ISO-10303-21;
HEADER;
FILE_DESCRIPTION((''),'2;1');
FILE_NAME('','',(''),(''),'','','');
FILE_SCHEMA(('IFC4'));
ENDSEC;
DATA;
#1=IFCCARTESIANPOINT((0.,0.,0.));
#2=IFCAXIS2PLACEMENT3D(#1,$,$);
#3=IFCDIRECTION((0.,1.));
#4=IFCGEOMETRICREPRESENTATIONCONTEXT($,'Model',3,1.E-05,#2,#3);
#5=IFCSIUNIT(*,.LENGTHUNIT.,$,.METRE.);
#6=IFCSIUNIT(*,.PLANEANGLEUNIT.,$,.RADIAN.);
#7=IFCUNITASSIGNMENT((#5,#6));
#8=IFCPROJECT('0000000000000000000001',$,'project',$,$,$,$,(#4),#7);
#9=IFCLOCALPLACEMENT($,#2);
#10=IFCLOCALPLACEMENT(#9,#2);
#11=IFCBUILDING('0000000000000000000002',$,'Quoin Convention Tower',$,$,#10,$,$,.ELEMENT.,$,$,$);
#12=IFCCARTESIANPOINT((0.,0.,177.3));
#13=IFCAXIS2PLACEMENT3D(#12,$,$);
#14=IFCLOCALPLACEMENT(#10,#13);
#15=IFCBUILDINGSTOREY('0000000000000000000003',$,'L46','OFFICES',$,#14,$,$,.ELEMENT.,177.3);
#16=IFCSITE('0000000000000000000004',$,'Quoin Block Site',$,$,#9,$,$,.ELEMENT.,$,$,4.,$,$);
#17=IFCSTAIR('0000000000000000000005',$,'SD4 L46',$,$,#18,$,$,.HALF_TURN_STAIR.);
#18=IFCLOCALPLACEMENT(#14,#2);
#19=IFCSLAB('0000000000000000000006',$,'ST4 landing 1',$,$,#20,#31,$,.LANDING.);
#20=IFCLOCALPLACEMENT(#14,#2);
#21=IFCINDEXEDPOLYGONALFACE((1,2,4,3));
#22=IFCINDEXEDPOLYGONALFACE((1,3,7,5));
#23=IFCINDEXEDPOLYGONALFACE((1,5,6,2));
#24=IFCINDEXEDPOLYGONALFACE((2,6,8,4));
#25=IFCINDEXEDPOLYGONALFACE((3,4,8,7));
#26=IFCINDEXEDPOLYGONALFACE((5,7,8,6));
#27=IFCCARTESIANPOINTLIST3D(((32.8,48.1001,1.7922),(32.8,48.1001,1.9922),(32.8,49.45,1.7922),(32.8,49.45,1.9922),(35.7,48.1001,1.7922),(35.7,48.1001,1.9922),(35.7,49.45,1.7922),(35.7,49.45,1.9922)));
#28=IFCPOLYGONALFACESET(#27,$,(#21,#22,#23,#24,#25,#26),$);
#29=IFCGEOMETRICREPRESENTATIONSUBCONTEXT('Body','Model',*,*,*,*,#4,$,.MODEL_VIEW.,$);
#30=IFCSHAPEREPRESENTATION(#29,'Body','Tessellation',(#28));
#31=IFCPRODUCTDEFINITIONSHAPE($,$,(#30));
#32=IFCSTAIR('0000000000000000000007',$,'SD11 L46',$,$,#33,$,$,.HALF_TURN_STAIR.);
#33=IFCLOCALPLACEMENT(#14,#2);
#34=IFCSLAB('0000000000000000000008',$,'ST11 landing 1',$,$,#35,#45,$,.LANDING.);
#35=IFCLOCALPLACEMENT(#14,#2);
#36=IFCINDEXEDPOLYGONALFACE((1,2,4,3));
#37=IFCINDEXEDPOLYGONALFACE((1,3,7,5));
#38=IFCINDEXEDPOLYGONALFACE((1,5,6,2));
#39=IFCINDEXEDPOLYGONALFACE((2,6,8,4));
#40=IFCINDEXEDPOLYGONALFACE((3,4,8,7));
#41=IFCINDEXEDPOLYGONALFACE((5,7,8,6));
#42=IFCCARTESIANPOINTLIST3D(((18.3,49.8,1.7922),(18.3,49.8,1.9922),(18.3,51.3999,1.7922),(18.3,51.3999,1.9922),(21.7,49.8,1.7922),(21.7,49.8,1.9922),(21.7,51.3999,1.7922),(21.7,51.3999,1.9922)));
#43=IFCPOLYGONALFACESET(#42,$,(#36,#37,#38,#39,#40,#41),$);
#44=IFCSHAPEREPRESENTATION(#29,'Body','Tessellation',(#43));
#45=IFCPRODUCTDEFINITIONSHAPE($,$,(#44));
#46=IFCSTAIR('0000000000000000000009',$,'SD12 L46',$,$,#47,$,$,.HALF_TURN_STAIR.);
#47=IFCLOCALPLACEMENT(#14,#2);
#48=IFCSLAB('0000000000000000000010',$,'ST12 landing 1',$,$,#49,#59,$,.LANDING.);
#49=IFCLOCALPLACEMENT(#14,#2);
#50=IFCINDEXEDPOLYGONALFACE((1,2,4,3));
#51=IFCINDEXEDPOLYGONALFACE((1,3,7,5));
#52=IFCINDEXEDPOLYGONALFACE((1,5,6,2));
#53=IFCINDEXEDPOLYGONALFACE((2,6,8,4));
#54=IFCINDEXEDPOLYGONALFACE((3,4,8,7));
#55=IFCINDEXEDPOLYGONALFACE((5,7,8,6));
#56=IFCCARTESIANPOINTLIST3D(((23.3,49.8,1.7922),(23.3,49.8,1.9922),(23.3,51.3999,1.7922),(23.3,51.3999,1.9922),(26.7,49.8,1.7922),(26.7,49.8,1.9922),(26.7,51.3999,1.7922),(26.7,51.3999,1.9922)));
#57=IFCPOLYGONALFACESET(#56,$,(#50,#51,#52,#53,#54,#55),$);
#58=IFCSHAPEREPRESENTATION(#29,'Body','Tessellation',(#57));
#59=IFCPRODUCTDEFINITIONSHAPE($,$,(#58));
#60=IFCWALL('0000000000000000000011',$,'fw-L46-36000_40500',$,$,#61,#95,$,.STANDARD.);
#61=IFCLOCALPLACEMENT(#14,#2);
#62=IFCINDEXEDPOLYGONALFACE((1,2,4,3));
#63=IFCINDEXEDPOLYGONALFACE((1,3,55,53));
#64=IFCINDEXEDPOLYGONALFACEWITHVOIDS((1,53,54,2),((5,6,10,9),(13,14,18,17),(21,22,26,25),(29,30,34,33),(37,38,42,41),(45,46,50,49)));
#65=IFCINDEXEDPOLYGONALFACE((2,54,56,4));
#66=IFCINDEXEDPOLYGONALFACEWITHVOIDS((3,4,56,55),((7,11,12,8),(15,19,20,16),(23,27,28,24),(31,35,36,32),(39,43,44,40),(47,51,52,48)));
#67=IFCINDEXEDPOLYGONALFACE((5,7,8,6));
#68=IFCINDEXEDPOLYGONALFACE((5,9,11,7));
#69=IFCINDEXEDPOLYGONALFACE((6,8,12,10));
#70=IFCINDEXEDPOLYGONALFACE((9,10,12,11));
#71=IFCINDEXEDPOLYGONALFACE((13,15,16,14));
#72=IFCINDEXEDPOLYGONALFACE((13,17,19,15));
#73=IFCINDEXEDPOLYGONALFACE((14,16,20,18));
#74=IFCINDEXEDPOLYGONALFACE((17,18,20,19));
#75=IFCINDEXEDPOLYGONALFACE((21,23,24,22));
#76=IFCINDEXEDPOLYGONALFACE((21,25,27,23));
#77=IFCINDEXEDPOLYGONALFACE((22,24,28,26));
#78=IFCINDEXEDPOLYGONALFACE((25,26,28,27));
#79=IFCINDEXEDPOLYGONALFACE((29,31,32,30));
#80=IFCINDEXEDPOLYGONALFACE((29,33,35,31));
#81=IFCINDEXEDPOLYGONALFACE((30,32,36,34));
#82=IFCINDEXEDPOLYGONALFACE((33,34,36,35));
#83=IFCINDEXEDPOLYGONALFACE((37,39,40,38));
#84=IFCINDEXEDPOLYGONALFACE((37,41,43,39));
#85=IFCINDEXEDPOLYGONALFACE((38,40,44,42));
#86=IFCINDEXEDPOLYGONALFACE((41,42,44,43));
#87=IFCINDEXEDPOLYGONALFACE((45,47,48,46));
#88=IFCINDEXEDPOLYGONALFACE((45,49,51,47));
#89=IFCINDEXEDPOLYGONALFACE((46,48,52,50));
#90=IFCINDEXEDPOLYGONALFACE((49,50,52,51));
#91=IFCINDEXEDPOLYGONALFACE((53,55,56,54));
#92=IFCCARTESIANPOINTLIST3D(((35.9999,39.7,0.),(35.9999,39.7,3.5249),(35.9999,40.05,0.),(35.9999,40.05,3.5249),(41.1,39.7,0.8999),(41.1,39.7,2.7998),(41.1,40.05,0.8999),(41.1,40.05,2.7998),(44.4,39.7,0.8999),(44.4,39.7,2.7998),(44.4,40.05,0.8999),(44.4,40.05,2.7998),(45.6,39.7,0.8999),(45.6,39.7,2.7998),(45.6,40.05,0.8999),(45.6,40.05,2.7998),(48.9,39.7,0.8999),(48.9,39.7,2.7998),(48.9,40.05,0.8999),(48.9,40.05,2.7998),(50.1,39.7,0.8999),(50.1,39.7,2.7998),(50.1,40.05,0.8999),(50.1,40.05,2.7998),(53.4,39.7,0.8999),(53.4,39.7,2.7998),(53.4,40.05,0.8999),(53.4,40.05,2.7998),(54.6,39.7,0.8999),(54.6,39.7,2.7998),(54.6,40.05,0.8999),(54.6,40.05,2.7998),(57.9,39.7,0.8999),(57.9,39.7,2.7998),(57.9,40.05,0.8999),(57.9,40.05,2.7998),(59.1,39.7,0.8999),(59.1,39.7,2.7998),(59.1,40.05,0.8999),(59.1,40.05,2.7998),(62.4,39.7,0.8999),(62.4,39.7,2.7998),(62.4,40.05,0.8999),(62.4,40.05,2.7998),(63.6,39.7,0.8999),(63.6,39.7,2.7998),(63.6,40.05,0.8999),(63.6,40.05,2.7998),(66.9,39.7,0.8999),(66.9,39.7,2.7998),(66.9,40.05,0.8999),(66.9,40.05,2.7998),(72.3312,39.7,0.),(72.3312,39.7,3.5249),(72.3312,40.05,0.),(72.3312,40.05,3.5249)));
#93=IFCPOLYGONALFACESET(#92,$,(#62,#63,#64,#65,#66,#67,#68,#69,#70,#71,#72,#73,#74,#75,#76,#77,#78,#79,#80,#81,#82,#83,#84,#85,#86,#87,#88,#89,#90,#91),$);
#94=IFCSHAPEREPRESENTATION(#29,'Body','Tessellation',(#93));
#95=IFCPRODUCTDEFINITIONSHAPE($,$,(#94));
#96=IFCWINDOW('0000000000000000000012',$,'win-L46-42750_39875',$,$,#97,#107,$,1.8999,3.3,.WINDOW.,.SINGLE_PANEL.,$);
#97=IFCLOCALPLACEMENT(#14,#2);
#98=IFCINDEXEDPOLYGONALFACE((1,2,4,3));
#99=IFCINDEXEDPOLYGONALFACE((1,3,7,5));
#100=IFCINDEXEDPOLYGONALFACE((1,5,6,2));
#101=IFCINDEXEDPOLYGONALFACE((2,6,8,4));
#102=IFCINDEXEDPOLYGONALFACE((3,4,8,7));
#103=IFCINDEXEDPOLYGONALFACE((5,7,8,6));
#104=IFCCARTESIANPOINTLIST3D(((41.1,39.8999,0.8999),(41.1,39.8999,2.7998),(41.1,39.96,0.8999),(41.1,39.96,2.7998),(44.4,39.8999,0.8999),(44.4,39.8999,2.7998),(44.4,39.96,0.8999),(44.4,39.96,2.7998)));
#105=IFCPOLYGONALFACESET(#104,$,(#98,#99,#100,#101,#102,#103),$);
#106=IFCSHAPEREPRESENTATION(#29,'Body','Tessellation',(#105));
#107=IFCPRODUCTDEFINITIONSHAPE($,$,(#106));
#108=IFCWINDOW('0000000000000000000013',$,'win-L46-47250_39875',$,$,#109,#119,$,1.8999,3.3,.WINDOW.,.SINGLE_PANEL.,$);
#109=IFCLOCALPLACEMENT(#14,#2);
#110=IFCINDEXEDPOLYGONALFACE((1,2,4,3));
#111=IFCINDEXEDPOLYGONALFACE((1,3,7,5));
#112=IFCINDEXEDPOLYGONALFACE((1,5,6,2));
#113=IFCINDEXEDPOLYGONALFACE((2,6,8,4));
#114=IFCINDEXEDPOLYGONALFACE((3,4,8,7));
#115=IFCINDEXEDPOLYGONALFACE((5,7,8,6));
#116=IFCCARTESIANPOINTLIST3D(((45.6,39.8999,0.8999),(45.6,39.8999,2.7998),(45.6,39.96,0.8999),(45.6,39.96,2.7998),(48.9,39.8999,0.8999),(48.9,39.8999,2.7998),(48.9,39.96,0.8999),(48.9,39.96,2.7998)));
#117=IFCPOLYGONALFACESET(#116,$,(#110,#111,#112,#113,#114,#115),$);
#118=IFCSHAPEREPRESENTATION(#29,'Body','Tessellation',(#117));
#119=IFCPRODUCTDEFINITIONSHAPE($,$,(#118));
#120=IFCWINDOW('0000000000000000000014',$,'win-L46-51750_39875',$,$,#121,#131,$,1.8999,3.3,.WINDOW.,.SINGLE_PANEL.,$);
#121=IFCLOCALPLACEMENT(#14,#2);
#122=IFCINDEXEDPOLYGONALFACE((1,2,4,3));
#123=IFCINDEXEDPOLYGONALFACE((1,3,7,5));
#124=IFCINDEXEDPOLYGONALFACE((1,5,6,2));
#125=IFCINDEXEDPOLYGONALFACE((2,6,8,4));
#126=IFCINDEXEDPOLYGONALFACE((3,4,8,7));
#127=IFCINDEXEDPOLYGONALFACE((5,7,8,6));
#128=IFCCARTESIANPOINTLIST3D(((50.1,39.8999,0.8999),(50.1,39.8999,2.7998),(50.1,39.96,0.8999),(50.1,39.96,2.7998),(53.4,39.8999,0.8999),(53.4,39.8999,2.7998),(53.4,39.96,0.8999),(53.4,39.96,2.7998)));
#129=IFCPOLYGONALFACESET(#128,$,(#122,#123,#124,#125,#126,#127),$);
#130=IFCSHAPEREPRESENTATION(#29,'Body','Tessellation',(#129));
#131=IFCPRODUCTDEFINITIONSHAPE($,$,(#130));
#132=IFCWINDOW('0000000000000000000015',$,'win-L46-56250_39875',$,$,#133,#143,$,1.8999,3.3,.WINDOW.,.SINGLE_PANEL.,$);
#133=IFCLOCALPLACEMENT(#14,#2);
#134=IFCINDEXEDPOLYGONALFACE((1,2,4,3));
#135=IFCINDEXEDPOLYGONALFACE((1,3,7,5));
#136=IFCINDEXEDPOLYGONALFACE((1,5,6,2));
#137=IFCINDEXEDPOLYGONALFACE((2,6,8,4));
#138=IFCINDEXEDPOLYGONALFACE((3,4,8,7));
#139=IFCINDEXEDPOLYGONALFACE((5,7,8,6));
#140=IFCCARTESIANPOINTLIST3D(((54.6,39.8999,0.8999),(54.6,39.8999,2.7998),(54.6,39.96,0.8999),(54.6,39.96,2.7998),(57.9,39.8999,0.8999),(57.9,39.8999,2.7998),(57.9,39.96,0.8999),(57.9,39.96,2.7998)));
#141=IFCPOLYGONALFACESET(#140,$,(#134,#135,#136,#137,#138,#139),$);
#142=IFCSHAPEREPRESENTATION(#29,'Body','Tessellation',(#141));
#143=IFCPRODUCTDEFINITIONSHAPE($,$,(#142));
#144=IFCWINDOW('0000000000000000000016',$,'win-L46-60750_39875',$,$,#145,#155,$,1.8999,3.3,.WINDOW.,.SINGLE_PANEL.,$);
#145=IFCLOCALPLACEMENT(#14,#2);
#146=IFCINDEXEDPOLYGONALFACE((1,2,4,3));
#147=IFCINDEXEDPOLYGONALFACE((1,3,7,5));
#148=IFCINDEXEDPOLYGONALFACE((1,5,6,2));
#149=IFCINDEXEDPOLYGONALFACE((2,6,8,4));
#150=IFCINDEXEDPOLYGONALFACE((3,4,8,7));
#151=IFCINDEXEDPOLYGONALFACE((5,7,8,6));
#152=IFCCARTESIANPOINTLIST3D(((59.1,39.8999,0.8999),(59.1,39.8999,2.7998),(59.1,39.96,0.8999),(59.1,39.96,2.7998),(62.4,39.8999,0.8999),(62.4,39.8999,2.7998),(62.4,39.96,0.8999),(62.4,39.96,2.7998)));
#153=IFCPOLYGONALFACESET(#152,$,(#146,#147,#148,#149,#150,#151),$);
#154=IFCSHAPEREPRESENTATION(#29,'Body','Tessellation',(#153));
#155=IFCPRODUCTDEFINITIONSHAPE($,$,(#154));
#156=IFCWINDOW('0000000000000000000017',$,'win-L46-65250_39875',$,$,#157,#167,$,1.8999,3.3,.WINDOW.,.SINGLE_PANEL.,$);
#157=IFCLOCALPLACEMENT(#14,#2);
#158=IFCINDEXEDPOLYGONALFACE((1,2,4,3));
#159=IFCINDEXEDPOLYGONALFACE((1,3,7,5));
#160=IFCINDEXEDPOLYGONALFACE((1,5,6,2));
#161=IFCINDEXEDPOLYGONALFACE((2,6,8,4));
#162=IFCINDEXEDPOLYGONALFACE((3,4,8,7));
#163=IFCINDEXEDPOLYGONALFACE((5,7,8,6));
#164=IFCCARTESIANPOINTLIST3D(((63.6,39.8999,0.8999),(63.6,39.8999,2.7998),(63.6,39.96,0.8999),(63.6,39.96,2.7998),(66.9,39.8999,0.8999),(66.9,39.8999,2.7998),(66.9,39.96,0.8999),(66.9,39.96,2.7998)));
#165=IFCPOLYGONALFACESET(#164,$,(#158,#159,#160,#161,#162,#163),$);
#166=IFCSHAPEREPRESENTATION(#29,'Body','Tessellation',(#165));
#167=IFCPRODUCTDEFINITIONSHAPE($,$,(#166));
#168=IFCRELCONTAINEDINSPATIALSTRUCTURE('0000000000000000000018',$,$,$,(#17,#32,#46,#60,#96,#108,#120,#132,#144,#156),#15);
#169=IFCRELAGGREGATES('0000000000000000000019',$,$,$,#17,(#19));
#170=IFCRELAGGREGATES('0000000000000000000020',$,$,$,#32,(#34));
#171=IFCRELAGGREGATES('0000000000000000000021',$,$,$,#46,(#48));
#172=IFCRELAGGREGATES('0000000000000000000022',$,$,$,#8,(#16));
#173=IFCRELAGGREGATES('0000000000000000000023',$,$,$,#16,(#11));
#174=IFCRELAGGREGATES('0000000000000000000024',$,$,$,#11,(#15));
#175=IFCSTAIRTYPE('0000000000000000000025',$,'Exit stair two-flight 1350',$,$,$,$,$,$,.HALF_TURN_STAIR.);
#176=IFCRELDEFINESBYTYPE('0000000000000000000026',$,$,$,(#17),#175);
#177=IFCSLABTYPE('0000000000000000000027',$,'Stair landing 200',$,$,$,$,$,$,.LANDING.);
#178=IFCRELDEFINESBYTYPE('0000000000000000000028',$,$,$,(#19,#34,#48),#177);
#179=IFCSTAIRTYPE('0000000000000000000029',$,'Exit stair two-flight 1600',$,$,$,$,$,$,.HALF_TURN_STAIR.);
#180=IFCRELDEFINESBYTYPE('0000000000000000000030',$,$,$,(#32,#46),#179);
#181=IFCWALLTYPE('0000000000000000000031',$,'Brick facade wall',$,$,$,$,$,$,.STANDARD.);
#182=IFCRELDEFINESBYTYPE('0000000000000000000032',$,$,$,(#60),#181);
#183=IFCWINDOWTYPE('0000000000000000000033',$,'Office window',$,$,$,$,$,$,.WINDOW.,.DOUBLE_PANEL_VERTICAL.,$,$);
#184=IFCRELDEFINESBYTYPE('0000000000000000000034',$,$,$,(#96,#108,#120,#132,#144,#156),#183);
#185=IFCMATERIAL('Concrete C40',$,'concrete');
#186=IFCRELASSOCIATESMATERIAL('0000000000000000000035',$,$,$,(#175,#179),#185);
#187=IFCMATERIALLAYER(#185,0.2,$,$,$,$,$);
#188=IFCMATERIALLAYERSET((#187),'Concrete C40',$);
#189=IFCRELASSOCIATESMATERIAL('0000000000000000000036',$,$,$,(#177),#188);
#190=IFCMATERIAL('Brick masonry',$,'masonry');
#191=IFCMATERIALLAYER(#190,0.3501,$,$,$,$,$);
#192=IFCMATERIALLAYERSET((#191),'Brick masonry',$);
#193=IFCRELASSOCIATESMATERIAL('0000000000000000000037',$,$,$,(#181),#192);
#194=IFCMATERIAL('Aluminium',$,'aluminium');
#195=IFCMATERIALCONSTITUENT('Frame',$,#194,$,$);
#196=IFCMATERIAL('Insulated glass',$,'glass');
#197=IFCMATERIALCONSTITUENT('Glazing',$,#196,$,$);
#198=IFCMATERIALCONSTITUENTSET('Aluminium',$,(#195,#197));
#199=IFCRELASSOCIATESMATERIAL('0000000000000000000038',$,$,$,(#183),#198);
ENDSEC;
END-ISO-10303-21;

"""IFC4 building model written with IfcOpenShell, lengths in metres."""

from ifc_helpers import new_model, si_unit, direction, frame, frame_2d, origin, place, context, subcontext, project, spatial, polyline, rectangle, outline, extrude, material, layer, layer_set, constituent, constituent_set, type_object, element, fill, aggregate, save


model = new_model("IFC4")

# Units and contexts
model_context = context("Model", 3, precision=1e-05, world=origin(), true_north=direction((0.0, 1.0)))
body_context = subcontext(model_context, "Body", "Model", "MODEL_VIEW")
ifc_project = project(units=[si_unit("LENGTHUNIT", "METRE"), si_unit("PLANEANGLEUNIT", "RADIAN")], contexts=[model_context])

# Site, building, storey
site_placement = place(None, origin())
site = spatial("IfcSite", under=ifc_project, at=site_placement, Name="Quoin Block Site", CompositionType="ELEMENT", RefElevation=4.0)
building_placement = place(site_placement, origin())
building = spatial("IfcBuilding", under=site, at=building_placement, Name="Quoin Convention Tower", CompositionType="ELEMENT")
storey_placement = place(building_placement, frame((0.0, 0.0, 177.3)))
storey = spatial("IfcBuildingStorey", under=building, at=storey_placement, Name="L46", Description="OFFICES", CompositionType="ELEMENT", Elevation=177.3)

# Shared definitions
ifc_material_1 = material(Name="Concrete C40", Category="concrete")

# Stairs, slabs
stair_type_1 = type_object("IfcStairType", Name="Exit stair two-flight 1350", PredefinedType="HALF_TURN_STAIR", material=ifc_material_1)
ifc_layer_1 = layer(ifc_material_1, 0.2)
ifc_layer_set_1 = layer_set([ifc_layer_1], Name="Concrete C40")
slab_type_1 = type_object("IfcSlabType", Name="Stair landing 200", PredefinedType="LANDING", material=ifc_layer_set_1)
stair_1_placement = place(storey_placement, origin())
stair_1 = element("IfcStair", 1, at=stair_1_placement, inside=storey, type_object=stair_type_1, Name="SD4 L46", PredefinedType="HALF_TURN_STAIR")
slab_1_placement = place(storey_placement, frame((0.0, 0.0, 1.7922)))
slab_1 = element("IfcSlab", 2, at=slab_1_placement, type_object=slab_type_1, Name="ST4 landing 1", PredefinedType="LANDING", context=body_context, shape_type="SweptSolid", body=[
    extrude(outline(polyline([(35.7, 49.45), (32.8, 49.45), (32.8, 48.1001), (35.7, 48.1001), (35.7, 49.45)])), origin(), (0.0, 0.0, 1.0), 0.2),
])
aggregate(stair_1, [slab_1])
stair_type_2 = type_object("IfcStairType", Name="Exit stair two-flight 1600", PredefinedType="HALF_TURN_STAIR", material=ifc_material_1)
stair_2_placement = place(storey_placement, origin())
stair_2 = element("IfcStair", 3, at=stair_2_placement, inside=storey, type_object=stair_type_2, Name="SD11 L46", PredefinedType="HALF_TURN_STAIR")
slab_2_placement = place(storey_placement, frame((0.0, 0.0, 1.7922)))
slab_2 = element("IfcSlab", 4, at=slab_2_placement, type_object=slab_type_1, Name="ST11 landing 1", PredefinedType="LANDING", context=body_context, shape_type="SweptSolid", body=[
    extrude(outline(polyline([(21.7, 51.3999), (18.3, 51.3999), (18.3, 49.8), (21.7, 49.8), (21.7, 51.3999)])), origin(), (0.0, 0.0, 1.0), 0.2),
])
aggregate(stair_2, [slab_2])
stair_3_placement = place(storey_placement, origin())
stair_3 = element("IfcStair", 5, at=stair_3_placement, inside=storey, type_object=stair_type_2, Name="SD12 L46", PredefinedType="HALF_TURN_STAIR")
slab_3_placement = place(storey_placement, frame((0.0, 0.0, 1.7922)))
slab_3 = element("IfcSlab", 6, at=slab_3_placement, type_object=slab_type_1, Name="ST12 landing 1", PredefinedType="LANDING", context=body_context, shape_type="SweptSolid", body=[
    extrude(outline(polyline([(26.7, 51.3999), (23.3, 51.3999), (23.3, 49.8), (26.7, 49.8), (26.7, 51.3999)])), origin(), (0.0, 0.0, 1.0), 0.2),
])
aggregate(stair_3, [slab_3])

# Wall, openings, windows
ifc_material_2 = material(Name="Brick masonry", Category="masonry")
ifc_layer_2 = layer(ifc_material_2, 0.3501)
ifc_layer_set_2 = layer_set([ifc_layer_2], Name="Brick masonry")
wall_type_1 = type_object("IfcWallType", Name="Brick facade wall", PredefinedType="STANDARD", material=ifc_layer_set_2)
wall_1_placement = place(storey_placement, frame((36.0, 39.875, 0.0), z_axis=(0.0, 0.0, 1.0), x_axis=(1.0, 0.0, 0.0)))
wall_1 = element("IfcWall", 7, at=wall_1_placement, inside=storey, type_object=wall_type_1, Name="fw-L46-36000_40500", PredefinedType="STANDARD", context=body_context, shape_type="SweptSolid", body=[
    extrude(rectangle(XDim=36.3313, YDim=0.3501, at=frame_2d((18.1655, 0.0))), origin(), (0.0, 0.0, 1.0), 3.5249),
])
opening_1_placement = place(wall_1_placement, frame((5.1001, 0.0, 0.8999)))
opening_1 = element("IfcOpeningElement", 8, at=opening_1_placement, cuts=wall_1, PredefinedType="OPENING", context=body_context, shape_type="SweptSolid", body=[
    extrude(rectangle(XDim=3.3, YDim=1.8999, at=frame_2d((1.6499, 0.95))), frame((0.0, 0.1851, 0.0), z_axis=(0.0, -1.0, 0.0), x_axis=(1.0, 0.0, 0.0)), (0.0, 0.0, 1.0), 0.3701),
])
opening_2_placement = place(wall_1_placement, frame((9.6001, 0.0, 0.8999)))
opening_2 = element("IfcOpeningElement", 9, at=opening_2_placement, cuts=wall_1, PredefinedType="OPENING", context=body_context, shape_type="SweptSolid", body=[
    extrude(rectangle(XDim=3.3, YDim=1.8999, at=frame_2d((1.6499, 0.95))), frame((0.0, 0.1851, 0.0), z_axis=(0.0, -1.0, 0.0), x_axis=(1.0, 0.0, 0.0)), (0.0, 0.0, 1.0), 0.3701),
])
opening_3_placement = place(wall_1_placement, frame((14.1001, 0.0, 0.8999)))
opening_3 = element("IfcOpeningElement", 10, at=opening_3_placement, cuts=wall_1, PredefinedType="OPENING", context=body_context, shape_type="SweptSolid", body=[
    extrude(rectangle(XDim=3.3, YDim=1.8999, at=frame_2d((1.6499, 0.95))), frame((0.0, 0.1851, 0.0), z_axis=(0.0, -1.0, 0.0), x_axis=(1.0, 0.0, 0.0)), (0.0, 0.0, 1.0), 0.3701),
])
opening_4_placement = place(wall_1_placement, frame((18.6001, 0.0, 0.8999)))
opening_4 = element("IfcOpeningElement", 11, at=opening_4_placement, cuts=wall_1, PredefinedType="OPENING", context=body_context, shape_type="SweptSolid", body=[
    extrude(rectangle(XDim=3.3, YDim=1.8999, at=frame_2d((1.6499, 0.95))), frame((0.0, 0.1851, 0.0), z_axis=(0.0, -1.0, 0.0), x_axis=(1.0, 0.0, 0.0)), (0.0, 0.0, 1.0), 0.3701),
])
opening_5_placement = place(wall_1_placement, frame((23.1001, 0.0, 0.8999)))
opening_5 = element("IfcOpeningElement", 12, at=opening_5_placement, cuts=wall_1, PredefinedType="OPENING", context=body_context, shape_type="SweptSolid", body=[
    extrude(rectangle(XDim=3.3, YDim=1.8999, at=frame_2d((1.6499, 0.95))), frame((0.0, 0.1851, 0.0), z_axis=(0.0, -1.0, 0.0), x_axis=(1.0, 0.0, 0.0)), (0.0, 0.0, 1.0), 0.3701),
])
opening_6_placement = place(wall_1_placement, frame((27.6001, 0.0, 0.8999)))
opening_6 = element("IfcOpeningElement", 13, at=opening_6_placement, cuts=wall_1, PredefinedType="OPENING", context=body_context, shape_type="SweptSolid", body=[
    extrude(rectangle(XDim=3.3, YDim=1.8999, at=frame_2d((1.6499, 0.95))), frame((0.0, 0.1851, 0.0), z_axis=(0.0, -1.0, 0.0), x_axis=(1.0, 0.0, 0.0)), (0.0, 0.0, 1.0), 0.3701),
])
ifc_material_3 = material(Name="Aluminium", Category="aluminium")
ifc_constituent_1 = constituent(ifc_material_3, Name="Frame")
ifc_material_4 = material(Name="Insulated glass", Category="glass")
ifc_constituent_2 = constituent(ifc_material_4, Name="Glazing")
ifc_constituent_set = constituent_set(constituents=[ifc_constituent_1, ifc_constituent_2], Name="Aluminium")
window_type = type_object("IfcWindowType", Name="Office window", PartitioningType="DOUBLE_PANEL_VERTICAL", PredefinedType="WINDOW", material=ifc_constituent_set)
window_1_placement = place(opening_1_placement, origin())
window_1 = element("IfcWindow", 14, at=window_1_placement, inside=storey, type_object=window_type, Name="win-L46-42750_39875", OverallHeight=1.8999, OverallWidth=3.3, PartitioningType="SINGLE_PANEL", PredefinedType="WINDOW", context=body_context, shape_type="SweptSolid", body=[
    extrude(rectangle(XDim=3.3, YDim=1.8999, at=frame_2d((1.6499, 0.95))), frame((0.0, 0.085, 0.0), z_axis=(0.0, -1.0, 0.0), x_axis=(1.0, 0.0, 0.0)), (0.0, 0.0, 1.0), 0.0601),
])
fill(opening_1, window_1)
window_2_placement = place(opening_2_placement, origin())
window_2 = element("IfcWindow", 15, at=window_2_placement, inside=storey, type_object=window_type, Name="win-L46-47250_39875", OverallHeight=1.8999, OverallWidth=3.3, PartitioningType="SINGLE_PANEL", PredefinedType="WINDOW", context=body_context, shape_type="SweptSolid", body=[
    extrude(rectangle(XDim=3.3, YDim=1.8999, at=frame_2d((1.6499, 0.95))), frame((0.0, 0.085, 0.0), z_axis=(0.0, -1.0, 0.0), x_axis=(1.0, 0.0, 0.0)), (0.0, 0.0, 1.0), 0.0601),
])
fill(opening_2, window_2)
window_3_placement = place(opening_3_placement, origin())
window_3 = element("IfcWindow", 16, at=window_3_placement, inside=storey, type_object=window_type, Name="win-L46-51750_39875", OverallHeight=1.8999, OverallWidth=3.3, PartitioningType="SINGLE_PANEL", PredefinedType="WINDOW", context=body_context, shape_type="SweptSolid", body=[
    extrude(rectangle(XDim=3.3, YDim=1.8999, at=frame_2d((1.6499, 0.95))), frame((0.0, 0.085, 0.0), z_axis=(0.0, -1.0, 0.0), x_axis=(1.0, 0.0, 0.0)), (0.0, 0.0, 1.0), 0.0601),
])
fill(opening_3, window_3)
window_4_placement = place(opening_4_placement, origin())
window_4 = element("IfcWindow", 17, at=window_4_placement, inside=storey, type_object=window_type, Name="win-L46-56250_39875", OverallHeight=1.8999, OverallWidth=3.3, PartitioningType="SINGLE_PANEL", PredefinedType="WINDOW", context=body_context, shape_type="SweptSolid", body=[
    extrude(rectangle(XDim=3.3, YDim=1.8999, at=frame_2d((1.6499, 0.95))), frame((0.0, 0.085, 0.0), z_axis=(0.0, -1.0, 0.0), x_axis=(1.0, 0.0, 0.0)), (0.0, 0.0, 1.0), 0.0601),
])
fill(opening_4, window_4)
window_5_placement = place(opening_5_placement, origin())
window_5 = element("IfcWindow", 18, at=window_5_placement, inside=storey, type_object=window_type, Name="win-L46-60750_39875", OverallHeight=1.8999, OverallWidth=3.3, PartitioningType="SINGLE_PANEL", PredefinedType="WINDOW", context=body_context, shape_type="SweptSolid", body=[
    extrude(rectangle(XDim=3.3, YDim=1.8999, at=frame_2d((1.6499, 0.95))), frame((0.0, 0.085, 0.0), z_axis=(0.0, -1.0, 0.0), x_axis=(1.0, 0.0, 0.0)), (0.0, 0.0, 1.0), 0.0601),
])
fill(opening_5, window_5)
window_6_placement = place(opening_6_placement, origin())
window_6 = element("IfcWindow", 19, at=window_6_placement, inside=storey, type_object=window_type, Name="win-L46-65250_39875", OverallHeight=1.8999, OverallWidth=3.3, PartitioningType="SINGLE_PANEL", PredefinedType="WINDOW", context=body_context, shape_type="SweptSolid", body=[
    extrude(rectangle(XDim=3.3, YDim=1.8999, at=frame_2d((1.6499, 0.95))), frame((0.0, 0.085, 0.0), z_axis=(0.0, -1.0, 0.0), x_axis=(1.0, 0.0, 0.0)), (0.0, 0.0, 1.0), 0.0601),
])
fill(opening_6, window_6)

save(model, "model.ifc")
